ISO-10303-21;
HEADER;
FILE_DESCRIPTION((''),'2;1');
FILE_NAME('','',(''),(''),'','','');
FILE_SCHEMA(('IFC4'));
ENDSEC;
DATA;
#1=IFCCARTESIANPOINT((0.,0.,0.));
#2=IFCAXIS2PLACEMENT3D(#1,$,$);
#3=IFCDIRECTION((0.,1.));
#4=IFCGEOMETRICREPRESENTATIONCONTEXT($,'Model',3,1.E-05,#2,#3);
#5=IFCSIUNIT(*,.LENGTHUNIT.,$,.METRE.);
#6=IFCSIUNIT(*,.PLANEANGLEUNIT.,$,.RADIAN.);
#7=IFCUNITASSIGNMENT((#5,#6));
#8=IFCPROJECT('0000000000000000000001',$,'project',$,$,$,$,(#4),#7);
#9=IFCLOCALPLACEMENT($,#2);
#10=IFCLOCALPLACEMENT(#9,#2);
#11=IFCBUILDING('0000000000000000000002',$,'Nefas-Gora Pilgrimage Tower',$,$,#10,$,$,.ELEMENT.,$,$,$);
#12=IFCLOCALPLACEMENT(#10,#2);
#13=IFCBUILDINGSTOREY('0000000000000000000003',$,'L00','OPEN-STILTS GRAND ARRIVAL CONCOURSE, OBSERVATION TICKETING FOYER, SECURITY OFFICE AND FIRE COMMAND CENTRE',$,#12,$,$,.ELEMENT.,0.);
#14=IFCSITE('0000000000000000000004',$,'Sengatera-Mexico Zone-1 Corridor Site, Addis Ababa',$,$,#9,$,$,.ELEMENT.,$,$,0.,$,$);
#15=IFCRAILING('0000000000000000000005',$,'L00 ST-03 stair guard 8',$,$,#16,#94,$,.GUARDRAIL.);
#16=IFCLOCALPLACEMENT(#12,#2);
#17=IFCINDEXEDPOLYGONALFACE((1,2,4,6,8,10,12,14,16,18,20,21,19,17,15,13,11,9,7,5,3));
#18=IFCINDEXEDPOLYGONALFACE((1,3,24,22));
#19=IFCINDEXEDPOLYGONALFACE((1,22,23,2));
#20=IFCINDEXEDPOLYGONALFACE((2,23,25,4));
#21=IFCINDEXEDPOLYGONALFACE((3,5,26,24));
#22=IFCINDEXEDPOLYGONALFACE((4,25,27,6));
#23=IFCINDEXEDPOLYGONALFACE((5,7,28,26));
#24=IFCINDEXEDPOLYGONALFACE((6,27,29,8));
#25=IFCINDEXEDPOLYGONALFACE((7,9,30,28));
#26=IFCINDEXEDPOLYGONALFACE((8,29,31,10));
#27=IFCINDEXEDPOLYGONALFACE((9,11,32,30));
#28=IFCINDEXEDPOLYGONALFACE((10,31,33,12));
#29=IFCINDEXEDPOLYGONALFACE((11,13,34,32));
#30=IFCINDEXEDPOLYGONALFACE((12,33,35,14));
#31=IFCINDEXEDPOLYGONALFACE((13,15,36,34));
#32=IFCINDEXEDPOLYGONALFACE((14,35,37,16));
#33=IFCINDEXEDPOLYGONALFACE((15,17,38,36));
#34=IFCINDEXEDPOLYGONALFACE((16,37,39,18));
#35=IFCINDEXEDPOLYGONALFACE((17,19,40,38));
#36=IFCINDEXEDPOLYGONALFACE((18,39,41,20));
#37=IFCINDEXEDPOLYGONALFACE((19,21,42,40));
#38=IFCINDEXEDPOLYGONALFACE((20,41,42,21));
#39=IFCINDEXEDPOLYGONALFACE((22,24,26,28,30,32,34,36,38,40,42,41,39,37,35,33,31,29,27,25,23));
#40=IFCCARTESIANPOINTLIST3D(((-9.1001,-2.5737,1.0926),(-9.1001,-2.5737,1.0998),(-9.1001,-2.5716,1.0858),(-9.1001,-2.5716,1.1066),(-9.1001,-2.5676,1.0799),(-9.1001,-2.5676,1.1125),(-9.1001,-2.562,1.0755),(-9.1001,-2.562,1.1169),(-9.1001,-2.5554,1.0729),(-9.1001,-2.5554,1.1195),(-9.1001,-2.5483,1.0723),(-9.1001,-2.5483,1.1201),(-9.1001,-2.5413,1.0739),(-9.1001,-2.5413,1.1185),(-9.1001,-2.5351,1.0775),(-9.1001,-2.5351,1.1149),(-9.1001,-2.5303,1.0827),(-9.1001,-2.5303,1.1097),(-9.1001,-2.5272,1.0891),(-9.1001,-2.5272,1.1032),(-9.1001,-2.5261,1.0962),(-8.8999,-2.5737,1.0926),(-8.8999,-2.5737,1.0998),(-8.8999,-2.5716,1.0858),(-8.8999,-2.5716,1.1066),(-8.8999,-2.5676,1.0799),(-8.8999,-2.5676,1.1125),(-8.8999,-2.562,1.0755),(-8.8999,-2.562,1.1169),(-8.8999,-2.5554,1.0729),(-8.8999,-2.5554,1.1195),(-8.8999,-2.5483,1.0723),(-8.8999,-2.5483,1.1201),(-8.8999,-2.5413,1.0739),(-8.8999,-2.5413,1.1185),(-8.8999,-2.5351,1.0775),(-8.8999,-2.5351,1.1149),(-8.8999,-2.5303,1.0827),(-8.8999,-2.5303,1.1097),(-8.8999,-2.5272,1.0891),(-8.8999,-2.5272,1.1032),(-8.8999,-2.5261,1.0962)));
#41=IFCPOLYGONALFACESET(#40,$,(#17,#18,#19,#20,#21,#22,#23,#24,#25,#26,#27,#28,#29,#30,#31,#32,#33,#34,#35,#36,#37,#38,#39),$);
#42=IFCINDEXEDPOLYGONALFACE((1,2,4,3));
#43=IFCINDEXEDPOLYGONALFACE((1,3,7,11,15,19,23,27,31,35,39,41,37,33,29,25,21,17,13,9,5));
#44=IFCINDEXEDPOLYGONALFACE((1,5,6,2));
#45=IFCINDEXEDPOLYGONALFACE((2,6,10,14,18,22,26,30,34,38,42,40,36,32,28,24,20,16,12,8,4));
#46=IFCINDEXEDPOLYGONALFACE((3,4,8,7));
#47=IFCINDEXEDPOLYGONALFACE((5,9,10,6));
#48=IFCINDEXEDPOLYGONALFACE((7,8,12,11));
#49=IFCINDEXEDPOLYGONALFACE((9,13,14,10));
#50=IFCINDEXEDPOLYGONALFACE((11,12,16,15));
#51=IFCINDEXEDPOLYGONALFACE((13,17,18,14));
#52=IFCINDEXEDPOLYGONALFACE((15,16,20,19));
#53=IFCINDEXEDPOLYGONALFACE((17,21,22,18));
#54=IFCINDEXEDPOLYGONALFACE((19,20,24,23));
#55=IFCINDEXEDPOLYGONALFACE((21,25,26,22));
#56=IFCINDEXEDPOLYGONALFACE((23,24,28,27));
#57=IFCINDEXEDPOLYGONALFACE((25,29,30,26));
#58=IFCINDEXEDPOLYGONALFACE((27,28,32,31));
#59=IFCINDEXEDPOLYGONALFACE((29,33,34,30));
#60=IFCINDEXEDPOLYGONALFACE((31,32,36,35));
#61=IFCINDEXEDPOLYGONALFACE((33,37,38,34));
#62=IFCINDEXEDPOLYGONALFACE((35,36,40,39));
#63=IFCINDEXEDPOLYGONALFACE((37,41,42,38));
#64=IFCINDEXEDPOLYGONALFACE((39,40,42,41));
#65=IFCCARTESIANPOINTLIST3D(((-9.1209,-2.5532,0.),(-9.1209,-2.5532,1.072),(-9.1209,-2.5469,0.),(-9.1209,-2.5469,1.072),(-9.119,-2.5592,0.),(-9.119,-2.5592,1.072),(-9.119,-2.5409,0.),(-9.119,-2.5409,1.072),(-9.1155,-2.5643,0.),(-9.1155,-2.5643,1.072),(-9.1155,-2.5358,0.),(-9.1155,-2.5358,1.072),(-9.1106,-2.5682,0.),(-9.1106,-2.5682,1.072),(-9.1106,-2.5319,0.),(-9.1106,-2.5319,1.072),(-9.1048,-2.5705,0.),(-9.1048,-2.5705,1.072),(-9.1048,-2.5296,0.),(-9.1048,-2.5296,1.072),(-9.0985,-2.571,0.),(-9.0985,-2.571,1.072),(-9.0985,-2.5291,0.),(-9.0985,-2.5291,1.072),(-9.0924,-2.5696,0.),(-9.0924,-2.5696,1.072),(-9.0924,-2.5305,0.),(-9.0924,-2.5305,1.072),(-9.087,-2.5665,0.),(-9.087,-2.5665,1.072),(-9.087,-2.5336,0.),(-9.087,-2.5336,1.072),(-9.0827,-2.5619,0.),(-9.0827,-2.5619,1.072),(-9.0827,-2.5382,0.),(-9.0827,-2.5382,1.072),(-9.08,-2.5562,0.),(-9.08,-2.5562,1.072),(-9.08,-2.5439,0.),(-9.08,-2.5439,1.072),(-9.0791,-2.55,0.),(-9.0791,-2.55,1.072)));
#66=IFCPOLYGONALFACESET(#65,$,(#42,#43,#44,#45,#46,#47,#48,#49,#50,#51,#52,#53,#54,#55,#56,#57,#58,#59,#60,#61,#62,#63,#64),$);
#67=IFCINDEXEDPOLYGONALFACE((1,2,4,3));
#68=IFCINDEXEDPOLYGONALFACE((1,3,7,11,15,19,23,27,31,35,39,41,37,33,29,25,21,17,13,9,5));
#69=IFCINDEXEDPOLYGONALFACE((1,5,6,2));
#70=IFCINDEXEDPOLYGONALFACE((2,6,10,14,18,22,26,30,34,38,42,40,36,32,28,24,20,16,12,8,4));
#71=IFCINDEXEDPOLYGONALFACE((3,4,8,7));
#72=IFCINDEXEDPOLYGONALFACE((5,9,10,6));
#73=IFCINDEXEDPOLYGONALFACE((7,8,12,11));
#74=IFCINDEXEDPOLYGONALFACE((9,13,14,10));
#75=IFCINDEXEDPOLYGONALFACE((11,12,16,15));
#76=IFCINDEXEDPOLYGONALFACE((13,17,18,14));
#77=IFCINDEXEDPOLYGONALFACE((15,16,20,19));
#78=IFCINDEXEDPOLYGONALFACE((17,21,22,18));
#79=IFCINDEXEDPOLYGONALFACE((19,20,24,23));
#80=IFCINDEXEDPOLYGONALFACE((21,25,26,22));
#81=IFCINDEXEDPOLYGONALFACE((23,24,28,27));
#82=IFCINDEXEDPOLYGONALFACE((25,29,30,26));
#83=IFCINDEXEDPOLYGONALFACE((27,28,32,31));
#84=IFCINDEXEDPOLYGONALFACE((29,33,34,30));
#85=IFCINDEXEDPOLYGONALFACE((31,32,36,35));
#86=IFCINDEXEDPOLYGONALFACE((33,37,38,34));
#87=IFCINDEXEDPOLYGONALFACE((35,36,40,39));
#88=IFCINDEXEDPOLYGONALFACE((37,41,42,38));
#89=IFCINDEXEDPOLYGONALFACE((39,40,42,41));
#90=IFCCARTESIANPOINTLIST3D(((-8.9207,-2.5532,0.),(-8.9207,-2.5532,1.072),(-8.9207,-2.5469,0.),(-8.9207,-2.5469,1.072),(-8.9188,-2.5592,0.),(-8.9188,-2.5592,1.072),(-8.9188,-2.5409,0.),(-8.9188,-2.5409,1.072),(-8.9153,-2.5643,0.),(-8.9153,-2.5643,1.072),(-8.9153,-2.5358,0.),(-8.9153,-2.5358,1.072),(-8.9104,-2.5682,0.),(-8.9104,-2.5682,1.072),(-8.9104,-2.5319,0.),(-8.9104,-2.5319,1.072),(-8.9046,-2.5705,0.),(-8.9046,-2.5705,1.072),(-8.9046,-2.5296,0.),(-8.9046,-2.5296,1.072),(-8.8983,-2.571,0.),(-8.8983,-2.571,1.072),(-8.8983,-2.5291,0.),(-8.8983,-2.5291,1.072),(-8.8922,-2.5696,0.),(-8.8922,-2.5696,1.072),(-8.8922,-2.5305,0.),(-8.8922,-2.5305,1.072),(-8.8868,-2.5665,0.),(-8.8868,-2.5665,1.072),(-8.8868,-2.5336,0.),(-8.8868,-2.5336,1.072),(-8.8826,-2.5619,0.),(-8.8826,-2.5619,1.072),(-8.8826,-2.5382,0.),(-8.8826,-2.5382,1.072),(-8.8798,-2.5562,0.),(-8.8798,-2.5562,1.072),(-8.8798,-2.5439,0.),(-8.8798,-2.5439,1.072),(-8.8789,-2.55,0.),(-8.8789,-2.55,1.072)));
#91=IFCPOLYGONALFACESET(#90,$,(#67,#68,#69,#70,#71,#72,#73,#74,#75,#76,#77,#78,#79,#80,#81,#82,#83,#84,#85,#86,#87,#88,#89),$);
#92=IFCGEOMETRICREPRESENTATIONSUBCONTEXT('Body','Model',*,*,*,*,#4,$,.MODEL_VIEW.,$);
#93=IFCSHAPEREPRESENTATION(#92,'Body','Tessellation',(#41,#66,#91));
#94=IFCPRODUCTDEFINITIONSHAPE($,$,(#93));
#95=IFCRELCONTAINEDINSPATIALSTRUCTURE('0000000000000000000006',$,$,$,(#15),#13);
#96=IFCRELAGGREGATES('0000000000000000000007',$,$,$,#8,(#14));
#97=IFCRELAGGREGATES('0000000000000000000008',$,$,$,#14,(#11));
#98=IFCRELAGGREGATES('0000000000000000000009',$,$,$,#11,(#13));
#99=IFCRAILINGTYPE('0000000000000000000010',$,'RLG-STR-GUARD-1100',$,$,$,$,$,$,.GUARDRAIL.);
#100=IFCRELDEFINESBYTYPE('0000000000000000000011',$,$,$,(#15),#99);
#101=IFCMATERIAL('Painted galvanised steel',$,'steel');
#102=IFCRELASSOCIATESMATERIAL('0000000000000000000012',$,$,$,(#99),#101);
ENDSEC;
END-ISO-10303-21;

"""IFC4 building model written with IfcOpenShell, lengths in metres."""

from ifc_helpers import new_model, si_unit, direction, frame, origin, origin_2d, place, context, subcontext, project, spatial, circle, extrude, material, type_object, element, save


model = new_model("IFC4")

# Units and contexts
model_context = context("Model", 3, precision=1e-05, world=origin(), true_north=direction((0.0, 1.0)))
body_context = subcontext(model_context, "Body", "Model", "MODEL_VIEW")
ifc_project = project(units=[si_unit("LENGTHUNIT", "METRE"), si_unit("PLANEANGLEUNIT", "RADIAN")], contexts=[model_context])

# Site, building, storey
site_placement = place(None, origin())
site = spatial("IfcSite", under=ifc_project, at=site_placement, Name="Sengatera-Mexico Zone-1 Corridor Site, Addis Ababa", CompositionType="ELEMENT", RefElevation=0.0)
building_placement = place(site_placement, origin())
building = spatial("IfcBuilding", under=site, at=building_placement, Name="Nefas-Gora Pilgrimage Tower", CompositionType="ELEMENT")
storey_placement = place(building_placement, origin())
storey = spatial("IfcBuildingStorey", under=building, at=storey_placement, Name="L00", Description="OPEN-STILTS GRAND ARRIVAL CONCOURSE, OBSERVATION TICKETING FOYER, SECURITY OFFICE AND FIRE COMMAND CENTRE", CompositionType="ELEMENT", Elevation=0.0)

# Railing
ifc_material_1 = material(Name="Painted galvanised steel", Category="steel")
railing_type_1 = type_object("IfcRailingType", Name="RLG-STR-GUARD-1100", PredefinedType="GUARDRAIL", material=ifc_material_1)
railing_1_placement = place(storey_placement, frame((-9.1001, -2.55, 0.0)))
element("IfcRailing", 1, at=railing_1_placement, inside=storey, type_object=railing_type_1, Name="L00 ST-03 stair guard 8", PredefinedType="GUARDRAIL", context=body_context, shape_type="SweptSolid", body=[
    extrude(circle(Radius=0.0239, at=origin_2d()), frame((0.0, 0.0, 1.0962), z_axis=(1.0, 0.0, 0.0), x_axis=(0.0, 1.0, 0.0)), (0.0, 0.0, 1.0), 0.2002),
    extrude(circle(Radius=0.021, at=origin_2d()), origin(), (0.0, 0.0, 1.0), 1.072),
    extrude(circle(Radius=0.021, at=origin_2d()), frame((0.2002, 0.0, 0.0)), (0.0, 0.0, 1.0), 1.072),
])

save(model, "model.ifc")
